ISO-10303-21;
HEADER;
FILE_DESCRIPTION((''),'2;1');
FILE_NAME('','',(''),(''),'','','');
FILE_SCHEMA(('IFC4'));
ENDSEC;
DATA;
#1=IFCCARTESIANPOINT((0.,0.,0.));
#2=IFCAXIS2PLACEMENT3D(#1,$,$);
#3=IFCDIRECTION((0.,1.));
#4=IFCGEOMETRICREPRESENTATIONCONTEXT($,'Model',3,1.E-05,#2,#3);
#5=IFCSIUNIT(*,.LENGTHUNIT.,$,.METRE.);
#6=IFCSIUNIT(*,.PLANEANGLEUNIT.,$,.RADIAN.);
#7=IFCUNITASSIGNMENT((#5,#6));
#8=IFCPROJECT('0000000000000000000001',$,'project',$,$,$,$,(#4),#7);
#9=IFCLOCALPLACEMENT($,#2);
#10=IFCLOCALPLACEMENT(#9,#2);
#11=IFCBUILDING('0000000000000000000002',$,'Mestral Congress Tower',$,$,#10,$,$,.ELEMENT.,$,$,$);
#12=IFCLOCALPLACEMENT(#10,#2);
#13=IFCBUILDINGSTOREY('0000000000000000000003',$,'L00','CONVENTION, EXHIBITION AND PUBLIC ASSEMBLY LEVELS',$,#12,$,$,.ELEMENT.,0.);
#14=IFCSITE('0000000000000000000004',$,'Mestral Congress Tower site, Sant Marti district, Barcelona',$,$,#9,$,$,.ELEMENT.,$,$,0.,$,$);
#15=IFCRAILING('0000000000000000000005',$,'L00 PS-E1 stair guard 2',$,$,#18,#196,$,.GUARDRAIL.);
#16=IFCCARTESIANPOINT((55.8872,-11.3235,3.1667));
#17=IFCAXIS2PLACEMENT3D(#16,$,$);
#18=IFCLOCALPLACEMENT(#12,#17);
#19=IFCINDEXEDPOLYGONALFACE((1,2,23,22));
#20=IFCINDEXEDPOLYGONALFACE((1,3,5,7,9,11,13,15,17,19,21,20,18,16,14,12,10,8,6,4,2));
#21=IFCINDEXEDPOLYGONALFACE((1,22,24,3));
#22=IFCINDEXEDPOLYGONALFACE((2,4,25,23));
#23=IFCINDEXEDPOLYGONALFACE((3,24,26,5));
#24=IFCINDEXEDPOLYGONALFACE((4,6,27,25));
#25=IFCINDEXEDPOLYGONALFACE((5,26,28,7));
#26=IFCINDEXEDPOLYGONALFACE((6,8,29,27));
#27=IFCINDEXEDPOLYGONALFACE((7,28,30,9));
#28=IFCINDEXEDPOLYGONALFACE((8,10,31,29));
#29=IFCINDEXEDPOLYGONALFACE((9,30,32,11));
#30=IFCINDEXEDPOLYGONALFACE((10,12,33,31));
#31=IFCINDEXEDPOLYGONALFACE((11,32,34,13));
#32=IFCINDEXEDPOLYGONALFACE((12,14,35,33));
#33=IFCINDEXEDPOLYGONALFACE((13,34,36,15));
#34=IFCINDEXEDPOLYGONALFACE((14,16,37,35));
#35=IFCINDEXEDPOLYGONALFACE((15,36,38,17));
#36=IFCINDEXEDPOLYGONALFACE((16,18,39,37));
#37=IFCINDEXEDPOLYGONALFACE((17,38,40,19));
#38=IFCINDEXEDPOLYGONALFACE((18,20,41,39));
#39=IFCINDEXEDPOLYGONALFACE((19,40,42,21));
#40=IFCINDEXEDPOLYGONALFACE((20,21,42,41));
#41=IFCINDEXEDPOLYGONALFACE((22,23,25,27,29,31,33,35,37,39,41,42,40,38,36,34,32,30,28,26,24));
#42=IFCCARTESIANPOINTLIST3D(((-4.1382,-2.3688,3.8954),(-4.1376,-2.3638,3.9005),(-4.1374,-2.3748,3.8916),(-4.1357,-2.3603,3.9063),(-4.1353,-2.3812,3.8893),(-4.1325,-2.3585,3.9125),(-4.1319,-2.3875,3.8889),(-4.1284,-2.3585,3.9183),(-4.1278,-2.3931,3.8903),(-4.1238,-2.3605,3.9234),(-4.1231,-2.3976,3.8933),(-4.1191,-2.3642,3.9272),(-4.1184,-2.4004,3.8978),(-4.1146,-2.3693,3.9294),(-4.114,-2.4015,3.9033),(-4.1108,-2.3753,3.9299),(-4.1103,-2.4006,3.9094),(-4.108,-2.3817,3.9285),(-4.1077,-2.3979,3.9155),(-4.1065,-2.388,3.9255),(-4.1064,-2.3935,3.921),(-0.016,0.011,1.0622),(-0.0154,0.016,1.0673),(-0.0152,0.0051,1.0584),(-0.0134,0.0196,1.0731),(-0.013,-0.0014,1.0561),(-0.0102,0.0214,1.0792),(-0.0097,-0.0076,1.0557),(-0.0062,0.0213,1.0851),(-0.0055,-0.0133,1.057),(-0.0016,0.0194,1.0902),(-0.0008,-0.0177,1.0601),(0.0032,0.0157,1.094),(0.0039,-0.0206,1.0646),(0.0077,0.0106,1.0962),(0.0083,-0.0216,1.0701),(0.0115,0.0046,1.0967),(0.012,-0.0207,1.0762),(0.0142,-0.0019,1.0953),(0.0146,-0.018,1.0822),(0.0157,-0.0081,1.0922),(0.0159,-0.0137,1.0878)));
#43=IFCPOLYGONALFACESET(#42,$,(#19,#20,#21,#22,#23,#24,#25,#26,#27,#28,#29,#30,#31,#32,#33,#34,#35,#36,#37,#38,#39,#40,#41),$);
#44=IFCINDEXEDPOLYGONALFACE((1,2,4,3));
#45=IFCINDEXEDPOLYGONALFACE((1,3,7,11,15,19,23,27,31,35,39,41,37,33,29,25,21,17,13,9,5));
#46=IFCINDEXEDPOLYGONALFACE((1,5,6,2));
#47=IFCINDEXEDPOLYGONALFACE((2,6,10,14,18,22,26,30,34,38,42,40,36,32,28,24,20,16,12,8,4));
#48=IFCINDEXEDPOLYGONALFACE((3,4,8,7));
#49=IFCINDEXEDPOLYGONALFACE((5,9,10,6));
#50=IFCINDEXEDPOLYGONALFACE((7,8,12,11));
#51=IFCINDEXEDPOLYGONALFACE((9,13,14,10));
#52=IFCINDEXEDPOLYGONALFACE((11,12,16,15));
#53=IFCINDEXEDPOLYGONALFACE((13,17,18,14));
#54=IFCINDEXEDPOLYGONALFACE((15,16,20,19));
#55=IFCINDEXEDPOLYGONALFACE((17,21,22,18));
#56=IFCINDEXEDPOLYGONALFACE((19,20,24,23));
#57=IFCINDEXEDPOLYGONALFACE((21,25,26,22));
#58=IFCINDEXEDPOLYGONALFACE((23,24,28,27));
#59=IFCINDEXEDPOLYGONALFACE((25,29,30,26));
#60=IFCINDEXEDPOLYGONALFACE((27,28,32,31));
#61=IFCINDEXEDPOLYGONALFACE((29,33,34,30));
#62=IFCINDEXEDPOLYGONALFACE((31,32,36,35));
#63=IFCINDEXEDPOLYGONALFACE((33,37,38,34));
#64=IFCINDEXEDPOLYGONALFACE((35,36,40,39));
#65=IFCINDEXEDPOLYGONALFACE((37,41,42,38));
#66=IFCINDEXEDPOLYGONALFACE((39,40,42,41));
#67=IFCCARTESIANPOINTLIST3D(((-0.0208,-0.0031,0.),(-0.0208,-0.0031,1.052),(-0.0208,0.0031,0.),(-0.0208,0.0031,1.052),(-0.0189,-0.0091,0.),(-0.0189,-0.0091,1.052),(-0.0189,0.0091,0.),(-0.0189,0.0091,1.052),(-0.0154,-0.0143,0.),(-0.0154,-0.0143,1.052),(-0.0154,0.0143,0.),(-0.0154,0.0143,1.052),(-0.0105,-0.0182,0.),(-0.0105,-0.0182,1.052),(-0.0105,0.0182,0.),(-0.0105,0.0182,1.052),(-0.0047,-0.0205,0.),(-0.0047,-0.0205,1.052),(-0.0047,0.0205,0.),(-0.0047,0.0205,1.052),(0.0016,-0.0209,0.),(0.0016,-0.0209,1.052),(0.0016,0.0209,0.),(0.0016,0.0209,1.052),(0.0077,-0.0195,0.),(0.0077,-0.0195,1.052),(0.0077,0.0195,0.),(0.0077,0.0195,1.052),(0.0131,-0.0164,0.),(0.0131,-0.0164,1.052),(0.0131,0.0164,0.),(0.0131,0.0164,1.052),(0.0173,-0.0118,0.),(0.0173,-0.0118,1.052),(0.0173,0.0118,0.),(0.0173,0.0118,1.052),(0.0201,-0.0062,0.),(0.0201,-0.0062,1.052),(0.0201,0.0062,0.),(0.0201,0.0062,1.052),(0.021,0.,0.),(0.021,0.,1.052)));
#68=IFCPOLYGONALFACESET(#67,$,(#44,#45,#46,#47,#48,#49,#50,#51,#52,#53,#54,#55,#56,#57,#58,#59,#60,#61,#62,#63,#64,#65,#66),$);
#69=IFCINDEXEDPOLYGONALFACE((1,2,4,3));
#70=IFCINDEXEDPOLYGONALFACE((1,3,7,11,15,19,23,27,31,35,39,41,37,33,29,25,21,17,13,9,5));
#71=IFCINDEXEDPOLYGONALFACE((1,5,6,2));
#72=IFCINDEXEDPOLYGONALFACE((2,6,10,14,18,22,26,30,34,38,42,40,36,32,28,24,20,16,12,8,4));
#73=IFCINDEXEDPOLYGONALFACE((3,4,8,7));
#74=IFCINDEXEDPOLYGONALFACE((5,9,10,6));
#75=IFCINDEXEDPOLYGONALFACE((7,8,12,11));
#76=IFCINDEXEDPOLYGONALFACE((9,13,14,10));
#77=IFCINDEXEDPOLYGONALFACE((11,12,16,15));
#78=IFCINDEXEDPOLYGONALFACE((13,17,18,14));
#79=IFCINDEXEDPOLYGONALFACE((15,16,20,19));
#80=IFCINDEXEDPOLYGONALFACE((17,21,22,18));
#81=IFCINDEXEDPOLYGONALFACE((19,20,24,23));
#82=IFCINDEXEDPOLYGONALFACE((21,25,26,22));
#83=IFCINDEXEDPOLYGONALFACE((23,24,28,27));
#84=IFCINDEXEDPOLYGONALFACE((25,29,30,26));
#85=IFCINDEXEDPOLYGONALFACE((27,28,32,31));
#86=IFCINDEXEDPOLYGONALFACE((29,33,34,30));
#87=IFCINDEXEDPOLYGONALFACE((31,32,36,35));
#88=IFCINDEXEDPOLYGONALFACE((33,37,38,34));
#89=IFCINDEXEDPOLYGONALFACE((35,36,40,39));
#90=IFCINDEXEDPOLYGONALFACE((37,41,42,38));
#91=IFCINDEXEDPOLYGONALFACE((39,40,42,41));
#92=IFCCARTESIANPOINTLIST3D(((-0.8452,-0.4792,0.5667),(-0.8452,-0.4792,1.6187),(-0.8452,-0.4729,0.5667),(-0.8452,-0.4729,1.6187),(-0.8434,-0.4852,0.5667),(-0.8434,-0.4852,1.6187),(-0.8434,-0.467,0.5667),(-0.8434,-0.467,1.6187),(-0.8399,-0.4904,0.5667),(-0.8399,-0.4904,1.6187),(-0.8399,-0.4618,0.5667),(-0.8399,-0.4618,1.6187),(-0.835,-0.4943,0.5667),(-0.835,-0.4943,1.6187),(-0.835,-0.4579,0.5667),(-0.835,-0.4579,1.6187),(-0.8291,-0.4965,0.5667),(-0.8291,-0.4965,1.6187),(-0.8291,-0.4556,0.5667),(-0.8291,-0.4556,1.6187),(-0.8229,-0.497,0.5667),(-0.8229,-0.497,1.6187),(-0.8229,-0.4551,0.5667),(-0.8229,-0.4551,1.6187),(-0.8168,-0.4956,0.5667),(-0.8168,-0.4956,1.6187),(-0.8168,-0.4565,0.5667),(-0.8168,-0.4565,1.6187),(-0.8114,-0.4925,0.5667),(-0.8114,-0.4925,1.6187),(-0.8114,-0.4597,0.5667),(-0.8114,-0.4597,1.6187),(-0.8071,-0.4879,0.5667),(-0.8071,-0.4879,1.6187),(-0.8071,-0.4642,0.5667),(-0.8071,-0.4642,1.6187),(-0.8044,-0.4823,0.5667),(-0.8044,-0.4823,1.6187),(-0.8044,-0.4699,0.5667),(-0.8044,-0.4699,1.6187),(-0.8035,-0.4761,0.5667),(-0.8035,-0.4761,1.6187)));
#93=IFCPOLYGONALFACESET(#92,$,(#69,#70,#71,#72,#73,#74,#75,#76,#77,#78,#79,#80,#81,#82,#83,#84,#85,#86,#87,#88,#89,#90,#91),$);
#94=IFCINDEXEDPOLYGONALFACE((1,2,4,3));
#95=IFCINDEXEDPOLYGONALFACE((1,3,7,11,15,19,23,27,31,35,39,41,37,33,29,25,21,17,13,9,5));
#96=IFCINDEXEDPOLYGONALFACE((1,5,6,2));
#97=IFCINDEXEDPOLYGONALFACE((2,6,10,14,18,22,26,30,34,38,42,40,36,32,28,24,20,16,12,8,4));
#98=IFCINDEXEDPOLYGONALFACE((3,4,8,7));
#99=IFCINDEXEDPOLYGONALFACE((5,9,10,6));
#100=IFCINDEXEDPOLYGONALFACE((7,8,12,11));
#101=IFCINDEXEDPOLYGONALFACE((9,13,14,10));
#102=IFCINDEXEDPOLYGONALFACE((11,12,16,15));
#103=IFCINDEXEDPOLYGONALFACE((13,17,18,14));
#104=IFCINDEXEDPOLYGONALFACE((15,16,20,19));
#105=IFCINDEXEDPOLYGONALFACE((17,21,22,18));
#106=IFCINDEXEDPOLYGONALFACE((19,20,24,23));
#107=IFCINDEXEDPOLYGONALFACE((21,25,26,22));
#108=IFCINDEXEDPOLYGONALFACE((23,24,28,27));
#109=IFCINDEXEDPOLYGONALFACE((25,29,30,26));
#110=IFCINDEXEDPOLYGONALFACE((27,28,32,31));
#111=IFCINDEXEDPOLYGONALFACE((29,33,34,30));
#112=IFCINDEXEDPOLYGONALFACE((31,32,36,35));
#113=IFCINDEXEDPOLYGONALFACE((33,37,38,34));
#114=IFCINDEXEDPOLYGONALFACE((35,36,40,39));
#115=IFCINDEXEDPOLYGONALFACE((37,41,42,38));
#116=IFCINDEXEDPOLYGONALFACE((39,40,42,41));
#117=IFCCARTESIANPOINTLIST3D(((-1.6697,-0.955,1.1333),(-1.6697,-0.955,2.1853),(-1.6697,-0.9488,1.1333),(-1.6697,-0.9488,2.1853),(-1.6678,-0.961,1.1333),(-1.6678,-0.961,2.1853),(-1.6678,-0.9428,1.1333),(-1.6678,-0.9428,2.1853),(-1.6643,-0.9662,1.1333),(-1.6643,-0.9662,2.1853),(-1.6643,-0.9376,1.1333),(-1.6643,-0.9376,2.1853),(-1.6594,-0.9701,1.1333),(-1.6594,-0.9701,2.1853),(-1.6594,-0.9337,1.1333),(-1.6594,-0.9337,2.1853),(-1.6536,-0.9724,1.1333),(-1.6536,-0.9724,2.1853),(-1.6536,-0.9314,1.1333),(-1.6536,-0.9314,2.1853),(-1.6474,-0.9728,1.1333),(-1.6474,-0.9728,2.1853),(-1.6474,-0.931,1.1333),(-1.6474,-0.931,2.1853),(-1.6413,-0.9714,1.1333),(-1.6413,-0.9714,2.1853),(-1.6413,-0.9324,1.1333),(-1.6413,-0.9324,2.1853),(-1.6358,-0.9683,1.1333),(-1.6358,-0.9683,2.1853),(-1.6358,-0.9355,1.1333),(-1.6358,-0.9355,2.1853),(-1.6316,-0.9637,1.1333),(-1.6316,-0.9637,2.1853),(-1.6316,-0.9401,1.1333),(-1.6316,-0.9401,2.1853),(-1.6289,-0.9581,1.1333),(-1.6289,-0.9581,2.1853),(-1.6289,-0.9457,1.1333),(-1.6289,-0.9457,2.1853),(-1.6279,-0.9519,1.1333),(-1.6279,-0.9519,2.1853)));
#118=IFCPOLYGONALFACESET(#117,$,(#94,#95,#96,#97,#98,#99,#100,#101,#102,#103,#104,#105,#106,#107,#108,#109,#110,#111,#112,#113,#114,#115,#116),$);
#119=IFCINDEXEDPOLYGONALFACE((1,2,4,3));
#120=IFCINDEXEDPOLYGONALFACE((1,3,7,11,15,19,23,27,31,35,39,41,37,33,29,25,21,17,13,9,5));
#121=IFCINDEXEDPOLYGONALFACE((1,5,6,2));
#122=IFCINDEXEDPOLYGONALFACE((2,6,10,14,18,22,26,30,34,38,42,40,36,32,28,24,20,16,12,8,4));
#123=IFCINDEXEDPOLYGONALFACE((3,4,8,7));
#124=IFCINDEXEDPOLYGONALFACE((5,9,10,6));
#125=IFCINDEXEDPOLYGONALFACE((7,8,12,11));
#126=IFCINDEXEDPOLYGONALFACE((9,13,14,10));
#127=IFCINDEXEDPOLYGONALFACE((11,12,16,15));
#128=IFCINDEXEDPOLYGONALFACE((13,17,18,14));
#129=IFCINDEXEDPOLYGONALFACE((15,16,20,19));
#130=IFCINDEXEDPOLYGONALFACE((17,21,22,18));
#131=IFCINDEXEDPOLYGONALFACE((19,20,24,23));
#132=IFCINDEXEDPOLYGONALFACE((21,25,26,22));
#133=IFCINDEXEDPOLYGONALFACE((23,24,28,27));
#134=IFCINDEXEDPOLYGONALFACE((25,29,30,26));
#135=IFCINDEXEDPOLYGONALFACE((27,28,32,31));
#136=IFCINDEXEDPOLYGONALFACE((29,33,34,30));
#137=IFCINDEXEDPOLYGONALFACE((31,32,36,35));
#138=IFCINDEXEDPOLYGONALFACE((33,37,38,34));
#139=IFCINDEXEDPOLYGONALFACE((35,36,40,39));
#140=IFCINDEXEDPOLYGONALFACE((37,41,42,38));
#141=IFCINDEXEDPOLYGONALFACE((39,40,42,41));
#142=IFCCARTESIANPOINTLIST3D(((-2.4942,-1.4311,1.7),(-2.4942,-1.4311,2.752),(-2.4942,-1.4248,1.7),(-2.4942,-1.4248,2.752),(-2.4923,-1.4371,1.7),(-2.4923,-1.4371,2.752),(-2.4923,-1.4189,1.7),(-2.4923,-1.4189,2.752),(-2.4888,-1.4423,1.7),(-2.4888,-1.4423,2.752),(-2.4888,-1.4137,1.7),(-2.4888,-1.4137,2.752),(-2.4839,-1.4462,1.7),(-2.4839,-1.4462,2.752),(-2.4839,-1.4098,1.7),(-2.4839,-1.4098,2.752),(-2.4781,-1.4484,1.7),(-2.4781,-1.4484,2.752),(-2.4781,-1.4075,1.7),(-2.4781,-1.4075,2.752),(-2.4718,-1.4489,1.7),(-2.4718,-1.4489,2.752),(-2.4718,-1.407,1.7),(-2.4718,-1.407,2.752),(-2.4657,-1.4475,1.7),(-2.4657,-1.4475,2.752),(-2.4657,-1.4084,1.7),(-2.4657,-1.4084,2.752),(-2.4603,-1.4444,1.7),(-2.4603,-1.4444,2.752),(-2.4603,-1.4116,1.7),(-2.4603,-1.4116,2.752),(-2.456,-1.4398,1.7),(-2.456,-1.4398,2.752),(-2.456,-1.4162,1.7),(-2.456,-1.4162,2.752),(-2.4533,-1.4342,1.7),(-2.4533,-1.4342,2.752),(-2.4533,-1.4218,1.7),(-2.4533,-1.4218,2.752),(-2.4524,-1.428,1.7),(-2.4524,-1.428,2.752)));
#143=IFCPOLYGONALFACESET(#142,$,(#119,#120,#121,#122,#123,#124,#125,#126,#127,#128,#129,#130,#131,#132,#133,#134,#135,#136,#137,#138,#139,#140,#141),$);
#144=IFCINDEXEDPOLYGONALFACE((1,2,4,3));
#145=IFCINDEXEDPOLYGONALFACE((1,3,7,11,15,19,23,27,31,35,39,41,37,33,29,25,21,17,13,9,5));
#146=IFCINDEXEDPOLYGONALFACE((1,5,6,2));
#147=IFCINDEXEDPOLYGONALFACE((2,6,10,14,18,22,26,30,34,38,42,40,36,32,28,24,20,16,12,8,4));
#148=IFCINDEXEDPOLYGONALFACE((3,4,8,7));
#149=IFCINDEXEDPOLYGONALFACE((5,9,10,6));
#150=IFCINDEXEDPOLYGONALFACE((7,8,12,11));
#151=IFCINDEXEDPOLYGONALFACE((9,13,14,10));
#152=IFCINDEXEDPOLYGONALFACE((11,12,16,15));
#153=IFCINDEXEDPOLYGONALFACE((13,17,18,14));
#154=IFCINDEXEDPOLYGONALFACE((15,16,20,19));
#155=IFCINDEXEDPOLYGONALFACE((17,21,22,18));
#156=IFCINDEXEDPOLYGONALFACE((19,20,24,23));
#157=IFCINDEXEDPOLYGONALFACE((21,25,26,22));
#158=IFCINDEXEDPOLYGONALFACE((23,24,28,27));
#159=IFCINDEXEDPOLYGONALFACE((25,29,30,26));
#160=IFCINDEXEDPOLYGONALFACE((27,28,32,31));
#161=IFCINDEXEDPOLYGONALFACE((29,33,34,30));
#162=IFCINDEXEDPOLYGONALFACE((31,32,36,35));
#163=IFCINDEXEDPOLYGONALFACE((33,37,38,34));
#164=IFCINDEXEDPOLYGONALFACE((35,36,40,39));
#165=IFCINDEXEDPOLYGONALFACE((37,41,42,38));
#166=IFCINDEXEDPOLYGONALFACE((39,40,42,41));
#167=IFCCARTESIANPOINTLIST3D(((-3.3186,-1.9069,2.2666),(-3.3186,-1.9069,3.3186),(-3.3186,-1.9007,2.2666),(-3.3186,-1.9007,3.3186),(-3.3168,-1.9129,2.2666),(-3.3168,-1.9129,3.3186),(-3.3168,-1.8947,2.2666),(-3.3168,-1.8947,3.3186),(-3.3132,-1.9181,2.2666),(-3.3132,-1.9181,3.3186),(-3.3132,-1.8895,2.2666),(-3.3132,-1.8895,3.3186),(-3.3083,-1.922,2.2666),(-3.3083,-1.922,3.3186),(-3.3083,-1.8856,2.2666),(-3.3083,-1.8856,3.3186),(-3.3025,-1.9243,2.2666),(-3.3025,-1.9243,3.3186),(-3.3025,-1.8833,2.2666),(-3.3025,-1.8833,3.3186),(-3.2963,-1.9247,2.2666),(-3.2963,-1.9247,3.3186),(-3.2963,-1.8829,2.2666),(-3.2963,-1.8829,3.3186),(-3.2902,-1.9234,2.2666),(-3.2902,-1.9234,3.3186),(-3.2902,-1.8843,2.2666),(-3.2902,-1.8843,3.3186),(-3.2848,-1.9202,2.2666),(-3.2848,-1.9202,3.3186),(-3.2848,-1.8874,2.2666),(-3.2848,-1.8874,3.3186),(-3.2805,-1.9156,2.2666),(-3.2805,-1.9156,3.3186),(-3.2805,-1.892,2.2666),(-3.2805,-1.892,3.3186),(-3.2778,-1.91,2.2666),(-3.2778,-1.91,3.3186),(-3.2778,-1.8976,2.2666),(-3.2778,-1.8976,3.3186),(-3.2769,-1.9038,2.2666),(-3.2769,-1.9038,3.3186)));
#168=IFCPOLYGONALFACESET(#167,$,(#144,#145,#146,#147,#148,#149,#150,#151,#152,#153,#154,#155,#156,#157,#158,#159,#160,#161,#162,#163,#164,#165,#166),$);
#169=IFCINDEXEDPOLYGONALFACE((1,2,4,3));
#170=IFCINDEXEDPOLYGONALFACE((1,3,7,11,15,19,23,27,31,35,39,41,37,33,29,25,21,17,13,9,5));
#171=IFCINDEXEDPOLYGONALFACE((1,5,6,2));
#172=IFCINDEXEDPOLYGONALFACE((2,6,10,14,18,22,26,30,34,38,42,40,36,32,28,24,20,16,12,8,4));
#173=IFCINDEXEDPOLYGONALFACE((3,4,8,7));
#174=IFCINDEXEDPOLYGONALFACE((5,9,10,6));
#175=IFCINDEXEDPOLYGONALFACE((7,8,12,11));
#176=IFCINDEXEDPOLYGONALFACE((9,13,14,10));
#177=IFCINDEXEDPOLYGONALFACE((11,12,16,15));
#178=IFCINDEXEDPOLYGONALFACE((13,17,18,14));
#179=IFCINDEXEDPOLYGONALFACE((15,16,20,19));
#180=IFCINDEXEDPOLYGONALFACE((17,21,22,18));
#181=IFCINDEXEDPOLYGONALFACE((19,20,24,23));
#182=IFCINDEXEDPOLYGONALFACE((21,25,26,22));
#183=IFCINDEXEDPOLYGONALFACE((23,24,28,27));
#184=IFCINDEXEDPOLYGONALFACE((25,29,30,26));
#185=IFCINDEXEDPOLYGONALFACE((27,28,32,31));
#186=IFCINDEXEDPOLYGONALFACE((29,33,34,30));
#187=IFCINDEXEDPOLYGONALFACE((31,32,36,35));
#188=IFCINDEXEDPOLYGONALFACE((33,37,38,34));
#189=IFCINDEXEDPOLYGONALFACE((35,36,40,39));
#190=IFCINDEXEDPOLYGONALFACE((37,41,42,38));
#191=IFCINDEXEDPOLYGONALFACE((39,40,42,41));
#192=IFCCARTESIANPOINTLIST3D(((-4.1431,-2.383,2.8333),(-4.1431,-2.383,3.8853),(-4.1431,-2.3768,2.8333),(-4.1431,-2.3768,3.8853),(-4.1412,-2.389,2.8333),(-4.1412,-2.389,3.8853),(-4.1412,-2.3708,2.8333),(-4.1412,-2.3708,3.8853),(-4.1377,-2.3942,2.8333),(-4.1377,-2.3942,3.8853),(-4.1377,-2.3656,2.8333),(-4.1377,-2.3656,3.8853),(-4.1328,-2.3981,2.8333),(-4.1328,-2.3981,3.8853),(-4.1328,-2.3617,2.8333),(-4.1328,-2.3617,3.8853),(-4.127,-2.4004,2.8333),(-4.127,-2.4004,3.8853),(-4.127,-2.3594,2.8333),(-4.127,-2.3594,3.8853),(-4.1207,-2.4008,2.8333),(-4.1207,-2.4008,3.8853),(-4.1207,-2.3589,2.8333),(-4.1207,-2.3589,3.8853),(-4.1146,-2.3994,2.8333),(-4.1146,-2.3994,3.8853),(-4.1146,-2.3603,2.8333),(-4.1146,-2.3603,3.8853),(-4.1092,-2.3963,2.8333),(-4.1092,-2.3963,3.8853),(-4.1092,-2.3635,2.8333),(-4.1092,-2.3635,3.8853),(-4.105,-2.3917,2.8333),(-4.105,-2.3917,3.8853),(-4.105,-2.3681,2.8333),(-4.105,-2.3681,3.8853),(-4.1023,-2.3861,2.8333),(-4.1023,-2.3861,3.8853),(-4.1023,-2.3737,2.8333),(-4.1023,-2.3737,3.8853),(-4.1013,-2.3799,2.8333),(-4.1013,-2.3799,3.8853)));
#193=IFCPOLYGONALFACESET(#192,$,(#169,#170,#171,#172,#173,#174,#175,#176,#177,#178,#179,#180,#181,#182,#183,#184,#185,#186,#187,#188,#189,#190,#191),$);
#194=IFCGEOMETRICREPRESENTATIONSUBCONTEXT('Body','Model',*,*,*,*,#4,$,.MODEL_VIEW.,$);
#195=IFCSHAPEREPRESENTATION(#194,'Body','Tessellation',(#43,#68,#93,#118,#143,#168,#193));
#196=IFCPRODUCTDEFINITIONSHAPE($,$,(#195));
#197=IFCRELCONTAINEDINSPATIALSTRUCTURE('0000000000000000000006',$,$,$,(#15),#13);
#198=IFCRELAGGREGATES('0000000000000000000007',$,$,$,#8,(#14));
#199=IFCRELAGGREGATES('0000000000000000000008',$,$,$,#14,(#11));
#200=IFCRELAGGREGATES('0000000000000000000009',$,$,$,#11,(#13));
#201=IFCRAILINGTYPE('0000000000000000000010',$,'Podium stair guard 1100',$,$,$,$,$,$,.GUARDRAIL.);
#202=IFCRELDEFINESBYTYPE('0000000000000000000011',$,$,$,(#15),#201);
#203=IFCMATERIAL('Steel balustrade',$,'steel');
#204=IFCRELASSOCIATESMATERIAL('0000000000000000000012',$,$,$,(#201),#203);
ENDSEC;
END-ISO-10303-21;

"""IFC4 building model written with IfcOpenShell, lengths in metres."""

from ifc_helpers import new_model, si_unit, direction, frame, origin, origin_2d, place, context, subcontext, project, spatial, circle, extrude, material, type_object, element, save


model = new_model("IFC4")

# Units and contexts
model_context = context("Model", 3, precision=1e-05, world=origin(), true_north=direction((0.0, 1.0)))
body_context = subcontext(model_context, "Body", "Model", "MODEL_VIEW")
ifc_project = project(units=[si_unit("LENGTHUNIT", "METRE"), si_unit("PLANEANGLEUNIT", "RADIAN")], contexts=[model_context])

# Site, building, storey
site_placement = place(None, origin())
site = spatial("IfcSite", under=ifc_project, at=site_placement, Name="Mestral Congress Tower site, Sant Marti district, Barcelona", CompositionType="ELEMENT", RefElevation=0.0)
building_placement = place(site_placement, origin())
building = spatial("IfcBuilding", under=site, at=building_placement, Name="Mestral Congress Tower", CompositionType="ELEMENT")
storey_placement = place(building_placement, origin())
storey = spatial("IfcBuildingStorey", under=building, at=storey_placement, Name="L00", Description="CONVENTION, EXHIBITION AND PUBLIC ASSEMBLY LEVELS", CompositionType="ELEMENT", Elevation=0.0)

# Railing
ifc_material_1 = material(Name="Steel balustrade", Category="steel")
railing_type_1 = type_object("IfcRailingType", Name="Podium stair guard 1100", PredefinedType="GUARDRAIL", material=ifc_material_1)
railing_1_placement = place(storey_placement, frame((55.8872, -11.3235, 3.1667)))
element("IfcRailing", 1, at=railing_1_placement, inside=storey, type_object=railing_type_1, Name="L00 PS-E1 stair guard 2", PredefinedType="GUARDRAIL", context=body_context, shape_type="SweptSolid", body=[
    extrude(circle(Radius=0.0239, at=origin_2d()), frame((0.0, 0.0, 1.0762), z_axis=(-0.744185, -0.42963, 0.511475), x_axis=(0.499978, -0.866038, 0.0)), (0.0, 0.0, 1.0), 5.5393),
    extrude(circle(Radius=0.021, at=origin_2d()), origin(), (0.0, 0.0, 1.0), 1.052),
    extrude(circle(Radius=0.021, at=origin_2d()), frame((-0.8245, -0.4761, 0.5667)), (0.0, 0.0, 1.0), 1.052),
    extrude(circle(Radius=0.021, at=origin_2d()), frame((-1.6489, -0.9519, 1.1333)), (0.0, 0.0, 1.0), 1.052),
    extrude(circle(Radius=0.021, at=origin_2d()), frame((-2.4734, -1.428, 1.7)), (0.0, 0.0, 1.0), 1.052),
    extrude(circle(Radius=0.021, at=origin_2d()), frame((-3.2979, -1.9038, 2.2666)), (0.0, 0.0, 1.0), 1.052),
    extrude(circle(Radius=0.021, at=origin_2d()), frame((-4.1223, -2.3799, 2.8333)), (0.0, 0.0, 1.0), 1.052),
])

save(model, "model.ifc")
